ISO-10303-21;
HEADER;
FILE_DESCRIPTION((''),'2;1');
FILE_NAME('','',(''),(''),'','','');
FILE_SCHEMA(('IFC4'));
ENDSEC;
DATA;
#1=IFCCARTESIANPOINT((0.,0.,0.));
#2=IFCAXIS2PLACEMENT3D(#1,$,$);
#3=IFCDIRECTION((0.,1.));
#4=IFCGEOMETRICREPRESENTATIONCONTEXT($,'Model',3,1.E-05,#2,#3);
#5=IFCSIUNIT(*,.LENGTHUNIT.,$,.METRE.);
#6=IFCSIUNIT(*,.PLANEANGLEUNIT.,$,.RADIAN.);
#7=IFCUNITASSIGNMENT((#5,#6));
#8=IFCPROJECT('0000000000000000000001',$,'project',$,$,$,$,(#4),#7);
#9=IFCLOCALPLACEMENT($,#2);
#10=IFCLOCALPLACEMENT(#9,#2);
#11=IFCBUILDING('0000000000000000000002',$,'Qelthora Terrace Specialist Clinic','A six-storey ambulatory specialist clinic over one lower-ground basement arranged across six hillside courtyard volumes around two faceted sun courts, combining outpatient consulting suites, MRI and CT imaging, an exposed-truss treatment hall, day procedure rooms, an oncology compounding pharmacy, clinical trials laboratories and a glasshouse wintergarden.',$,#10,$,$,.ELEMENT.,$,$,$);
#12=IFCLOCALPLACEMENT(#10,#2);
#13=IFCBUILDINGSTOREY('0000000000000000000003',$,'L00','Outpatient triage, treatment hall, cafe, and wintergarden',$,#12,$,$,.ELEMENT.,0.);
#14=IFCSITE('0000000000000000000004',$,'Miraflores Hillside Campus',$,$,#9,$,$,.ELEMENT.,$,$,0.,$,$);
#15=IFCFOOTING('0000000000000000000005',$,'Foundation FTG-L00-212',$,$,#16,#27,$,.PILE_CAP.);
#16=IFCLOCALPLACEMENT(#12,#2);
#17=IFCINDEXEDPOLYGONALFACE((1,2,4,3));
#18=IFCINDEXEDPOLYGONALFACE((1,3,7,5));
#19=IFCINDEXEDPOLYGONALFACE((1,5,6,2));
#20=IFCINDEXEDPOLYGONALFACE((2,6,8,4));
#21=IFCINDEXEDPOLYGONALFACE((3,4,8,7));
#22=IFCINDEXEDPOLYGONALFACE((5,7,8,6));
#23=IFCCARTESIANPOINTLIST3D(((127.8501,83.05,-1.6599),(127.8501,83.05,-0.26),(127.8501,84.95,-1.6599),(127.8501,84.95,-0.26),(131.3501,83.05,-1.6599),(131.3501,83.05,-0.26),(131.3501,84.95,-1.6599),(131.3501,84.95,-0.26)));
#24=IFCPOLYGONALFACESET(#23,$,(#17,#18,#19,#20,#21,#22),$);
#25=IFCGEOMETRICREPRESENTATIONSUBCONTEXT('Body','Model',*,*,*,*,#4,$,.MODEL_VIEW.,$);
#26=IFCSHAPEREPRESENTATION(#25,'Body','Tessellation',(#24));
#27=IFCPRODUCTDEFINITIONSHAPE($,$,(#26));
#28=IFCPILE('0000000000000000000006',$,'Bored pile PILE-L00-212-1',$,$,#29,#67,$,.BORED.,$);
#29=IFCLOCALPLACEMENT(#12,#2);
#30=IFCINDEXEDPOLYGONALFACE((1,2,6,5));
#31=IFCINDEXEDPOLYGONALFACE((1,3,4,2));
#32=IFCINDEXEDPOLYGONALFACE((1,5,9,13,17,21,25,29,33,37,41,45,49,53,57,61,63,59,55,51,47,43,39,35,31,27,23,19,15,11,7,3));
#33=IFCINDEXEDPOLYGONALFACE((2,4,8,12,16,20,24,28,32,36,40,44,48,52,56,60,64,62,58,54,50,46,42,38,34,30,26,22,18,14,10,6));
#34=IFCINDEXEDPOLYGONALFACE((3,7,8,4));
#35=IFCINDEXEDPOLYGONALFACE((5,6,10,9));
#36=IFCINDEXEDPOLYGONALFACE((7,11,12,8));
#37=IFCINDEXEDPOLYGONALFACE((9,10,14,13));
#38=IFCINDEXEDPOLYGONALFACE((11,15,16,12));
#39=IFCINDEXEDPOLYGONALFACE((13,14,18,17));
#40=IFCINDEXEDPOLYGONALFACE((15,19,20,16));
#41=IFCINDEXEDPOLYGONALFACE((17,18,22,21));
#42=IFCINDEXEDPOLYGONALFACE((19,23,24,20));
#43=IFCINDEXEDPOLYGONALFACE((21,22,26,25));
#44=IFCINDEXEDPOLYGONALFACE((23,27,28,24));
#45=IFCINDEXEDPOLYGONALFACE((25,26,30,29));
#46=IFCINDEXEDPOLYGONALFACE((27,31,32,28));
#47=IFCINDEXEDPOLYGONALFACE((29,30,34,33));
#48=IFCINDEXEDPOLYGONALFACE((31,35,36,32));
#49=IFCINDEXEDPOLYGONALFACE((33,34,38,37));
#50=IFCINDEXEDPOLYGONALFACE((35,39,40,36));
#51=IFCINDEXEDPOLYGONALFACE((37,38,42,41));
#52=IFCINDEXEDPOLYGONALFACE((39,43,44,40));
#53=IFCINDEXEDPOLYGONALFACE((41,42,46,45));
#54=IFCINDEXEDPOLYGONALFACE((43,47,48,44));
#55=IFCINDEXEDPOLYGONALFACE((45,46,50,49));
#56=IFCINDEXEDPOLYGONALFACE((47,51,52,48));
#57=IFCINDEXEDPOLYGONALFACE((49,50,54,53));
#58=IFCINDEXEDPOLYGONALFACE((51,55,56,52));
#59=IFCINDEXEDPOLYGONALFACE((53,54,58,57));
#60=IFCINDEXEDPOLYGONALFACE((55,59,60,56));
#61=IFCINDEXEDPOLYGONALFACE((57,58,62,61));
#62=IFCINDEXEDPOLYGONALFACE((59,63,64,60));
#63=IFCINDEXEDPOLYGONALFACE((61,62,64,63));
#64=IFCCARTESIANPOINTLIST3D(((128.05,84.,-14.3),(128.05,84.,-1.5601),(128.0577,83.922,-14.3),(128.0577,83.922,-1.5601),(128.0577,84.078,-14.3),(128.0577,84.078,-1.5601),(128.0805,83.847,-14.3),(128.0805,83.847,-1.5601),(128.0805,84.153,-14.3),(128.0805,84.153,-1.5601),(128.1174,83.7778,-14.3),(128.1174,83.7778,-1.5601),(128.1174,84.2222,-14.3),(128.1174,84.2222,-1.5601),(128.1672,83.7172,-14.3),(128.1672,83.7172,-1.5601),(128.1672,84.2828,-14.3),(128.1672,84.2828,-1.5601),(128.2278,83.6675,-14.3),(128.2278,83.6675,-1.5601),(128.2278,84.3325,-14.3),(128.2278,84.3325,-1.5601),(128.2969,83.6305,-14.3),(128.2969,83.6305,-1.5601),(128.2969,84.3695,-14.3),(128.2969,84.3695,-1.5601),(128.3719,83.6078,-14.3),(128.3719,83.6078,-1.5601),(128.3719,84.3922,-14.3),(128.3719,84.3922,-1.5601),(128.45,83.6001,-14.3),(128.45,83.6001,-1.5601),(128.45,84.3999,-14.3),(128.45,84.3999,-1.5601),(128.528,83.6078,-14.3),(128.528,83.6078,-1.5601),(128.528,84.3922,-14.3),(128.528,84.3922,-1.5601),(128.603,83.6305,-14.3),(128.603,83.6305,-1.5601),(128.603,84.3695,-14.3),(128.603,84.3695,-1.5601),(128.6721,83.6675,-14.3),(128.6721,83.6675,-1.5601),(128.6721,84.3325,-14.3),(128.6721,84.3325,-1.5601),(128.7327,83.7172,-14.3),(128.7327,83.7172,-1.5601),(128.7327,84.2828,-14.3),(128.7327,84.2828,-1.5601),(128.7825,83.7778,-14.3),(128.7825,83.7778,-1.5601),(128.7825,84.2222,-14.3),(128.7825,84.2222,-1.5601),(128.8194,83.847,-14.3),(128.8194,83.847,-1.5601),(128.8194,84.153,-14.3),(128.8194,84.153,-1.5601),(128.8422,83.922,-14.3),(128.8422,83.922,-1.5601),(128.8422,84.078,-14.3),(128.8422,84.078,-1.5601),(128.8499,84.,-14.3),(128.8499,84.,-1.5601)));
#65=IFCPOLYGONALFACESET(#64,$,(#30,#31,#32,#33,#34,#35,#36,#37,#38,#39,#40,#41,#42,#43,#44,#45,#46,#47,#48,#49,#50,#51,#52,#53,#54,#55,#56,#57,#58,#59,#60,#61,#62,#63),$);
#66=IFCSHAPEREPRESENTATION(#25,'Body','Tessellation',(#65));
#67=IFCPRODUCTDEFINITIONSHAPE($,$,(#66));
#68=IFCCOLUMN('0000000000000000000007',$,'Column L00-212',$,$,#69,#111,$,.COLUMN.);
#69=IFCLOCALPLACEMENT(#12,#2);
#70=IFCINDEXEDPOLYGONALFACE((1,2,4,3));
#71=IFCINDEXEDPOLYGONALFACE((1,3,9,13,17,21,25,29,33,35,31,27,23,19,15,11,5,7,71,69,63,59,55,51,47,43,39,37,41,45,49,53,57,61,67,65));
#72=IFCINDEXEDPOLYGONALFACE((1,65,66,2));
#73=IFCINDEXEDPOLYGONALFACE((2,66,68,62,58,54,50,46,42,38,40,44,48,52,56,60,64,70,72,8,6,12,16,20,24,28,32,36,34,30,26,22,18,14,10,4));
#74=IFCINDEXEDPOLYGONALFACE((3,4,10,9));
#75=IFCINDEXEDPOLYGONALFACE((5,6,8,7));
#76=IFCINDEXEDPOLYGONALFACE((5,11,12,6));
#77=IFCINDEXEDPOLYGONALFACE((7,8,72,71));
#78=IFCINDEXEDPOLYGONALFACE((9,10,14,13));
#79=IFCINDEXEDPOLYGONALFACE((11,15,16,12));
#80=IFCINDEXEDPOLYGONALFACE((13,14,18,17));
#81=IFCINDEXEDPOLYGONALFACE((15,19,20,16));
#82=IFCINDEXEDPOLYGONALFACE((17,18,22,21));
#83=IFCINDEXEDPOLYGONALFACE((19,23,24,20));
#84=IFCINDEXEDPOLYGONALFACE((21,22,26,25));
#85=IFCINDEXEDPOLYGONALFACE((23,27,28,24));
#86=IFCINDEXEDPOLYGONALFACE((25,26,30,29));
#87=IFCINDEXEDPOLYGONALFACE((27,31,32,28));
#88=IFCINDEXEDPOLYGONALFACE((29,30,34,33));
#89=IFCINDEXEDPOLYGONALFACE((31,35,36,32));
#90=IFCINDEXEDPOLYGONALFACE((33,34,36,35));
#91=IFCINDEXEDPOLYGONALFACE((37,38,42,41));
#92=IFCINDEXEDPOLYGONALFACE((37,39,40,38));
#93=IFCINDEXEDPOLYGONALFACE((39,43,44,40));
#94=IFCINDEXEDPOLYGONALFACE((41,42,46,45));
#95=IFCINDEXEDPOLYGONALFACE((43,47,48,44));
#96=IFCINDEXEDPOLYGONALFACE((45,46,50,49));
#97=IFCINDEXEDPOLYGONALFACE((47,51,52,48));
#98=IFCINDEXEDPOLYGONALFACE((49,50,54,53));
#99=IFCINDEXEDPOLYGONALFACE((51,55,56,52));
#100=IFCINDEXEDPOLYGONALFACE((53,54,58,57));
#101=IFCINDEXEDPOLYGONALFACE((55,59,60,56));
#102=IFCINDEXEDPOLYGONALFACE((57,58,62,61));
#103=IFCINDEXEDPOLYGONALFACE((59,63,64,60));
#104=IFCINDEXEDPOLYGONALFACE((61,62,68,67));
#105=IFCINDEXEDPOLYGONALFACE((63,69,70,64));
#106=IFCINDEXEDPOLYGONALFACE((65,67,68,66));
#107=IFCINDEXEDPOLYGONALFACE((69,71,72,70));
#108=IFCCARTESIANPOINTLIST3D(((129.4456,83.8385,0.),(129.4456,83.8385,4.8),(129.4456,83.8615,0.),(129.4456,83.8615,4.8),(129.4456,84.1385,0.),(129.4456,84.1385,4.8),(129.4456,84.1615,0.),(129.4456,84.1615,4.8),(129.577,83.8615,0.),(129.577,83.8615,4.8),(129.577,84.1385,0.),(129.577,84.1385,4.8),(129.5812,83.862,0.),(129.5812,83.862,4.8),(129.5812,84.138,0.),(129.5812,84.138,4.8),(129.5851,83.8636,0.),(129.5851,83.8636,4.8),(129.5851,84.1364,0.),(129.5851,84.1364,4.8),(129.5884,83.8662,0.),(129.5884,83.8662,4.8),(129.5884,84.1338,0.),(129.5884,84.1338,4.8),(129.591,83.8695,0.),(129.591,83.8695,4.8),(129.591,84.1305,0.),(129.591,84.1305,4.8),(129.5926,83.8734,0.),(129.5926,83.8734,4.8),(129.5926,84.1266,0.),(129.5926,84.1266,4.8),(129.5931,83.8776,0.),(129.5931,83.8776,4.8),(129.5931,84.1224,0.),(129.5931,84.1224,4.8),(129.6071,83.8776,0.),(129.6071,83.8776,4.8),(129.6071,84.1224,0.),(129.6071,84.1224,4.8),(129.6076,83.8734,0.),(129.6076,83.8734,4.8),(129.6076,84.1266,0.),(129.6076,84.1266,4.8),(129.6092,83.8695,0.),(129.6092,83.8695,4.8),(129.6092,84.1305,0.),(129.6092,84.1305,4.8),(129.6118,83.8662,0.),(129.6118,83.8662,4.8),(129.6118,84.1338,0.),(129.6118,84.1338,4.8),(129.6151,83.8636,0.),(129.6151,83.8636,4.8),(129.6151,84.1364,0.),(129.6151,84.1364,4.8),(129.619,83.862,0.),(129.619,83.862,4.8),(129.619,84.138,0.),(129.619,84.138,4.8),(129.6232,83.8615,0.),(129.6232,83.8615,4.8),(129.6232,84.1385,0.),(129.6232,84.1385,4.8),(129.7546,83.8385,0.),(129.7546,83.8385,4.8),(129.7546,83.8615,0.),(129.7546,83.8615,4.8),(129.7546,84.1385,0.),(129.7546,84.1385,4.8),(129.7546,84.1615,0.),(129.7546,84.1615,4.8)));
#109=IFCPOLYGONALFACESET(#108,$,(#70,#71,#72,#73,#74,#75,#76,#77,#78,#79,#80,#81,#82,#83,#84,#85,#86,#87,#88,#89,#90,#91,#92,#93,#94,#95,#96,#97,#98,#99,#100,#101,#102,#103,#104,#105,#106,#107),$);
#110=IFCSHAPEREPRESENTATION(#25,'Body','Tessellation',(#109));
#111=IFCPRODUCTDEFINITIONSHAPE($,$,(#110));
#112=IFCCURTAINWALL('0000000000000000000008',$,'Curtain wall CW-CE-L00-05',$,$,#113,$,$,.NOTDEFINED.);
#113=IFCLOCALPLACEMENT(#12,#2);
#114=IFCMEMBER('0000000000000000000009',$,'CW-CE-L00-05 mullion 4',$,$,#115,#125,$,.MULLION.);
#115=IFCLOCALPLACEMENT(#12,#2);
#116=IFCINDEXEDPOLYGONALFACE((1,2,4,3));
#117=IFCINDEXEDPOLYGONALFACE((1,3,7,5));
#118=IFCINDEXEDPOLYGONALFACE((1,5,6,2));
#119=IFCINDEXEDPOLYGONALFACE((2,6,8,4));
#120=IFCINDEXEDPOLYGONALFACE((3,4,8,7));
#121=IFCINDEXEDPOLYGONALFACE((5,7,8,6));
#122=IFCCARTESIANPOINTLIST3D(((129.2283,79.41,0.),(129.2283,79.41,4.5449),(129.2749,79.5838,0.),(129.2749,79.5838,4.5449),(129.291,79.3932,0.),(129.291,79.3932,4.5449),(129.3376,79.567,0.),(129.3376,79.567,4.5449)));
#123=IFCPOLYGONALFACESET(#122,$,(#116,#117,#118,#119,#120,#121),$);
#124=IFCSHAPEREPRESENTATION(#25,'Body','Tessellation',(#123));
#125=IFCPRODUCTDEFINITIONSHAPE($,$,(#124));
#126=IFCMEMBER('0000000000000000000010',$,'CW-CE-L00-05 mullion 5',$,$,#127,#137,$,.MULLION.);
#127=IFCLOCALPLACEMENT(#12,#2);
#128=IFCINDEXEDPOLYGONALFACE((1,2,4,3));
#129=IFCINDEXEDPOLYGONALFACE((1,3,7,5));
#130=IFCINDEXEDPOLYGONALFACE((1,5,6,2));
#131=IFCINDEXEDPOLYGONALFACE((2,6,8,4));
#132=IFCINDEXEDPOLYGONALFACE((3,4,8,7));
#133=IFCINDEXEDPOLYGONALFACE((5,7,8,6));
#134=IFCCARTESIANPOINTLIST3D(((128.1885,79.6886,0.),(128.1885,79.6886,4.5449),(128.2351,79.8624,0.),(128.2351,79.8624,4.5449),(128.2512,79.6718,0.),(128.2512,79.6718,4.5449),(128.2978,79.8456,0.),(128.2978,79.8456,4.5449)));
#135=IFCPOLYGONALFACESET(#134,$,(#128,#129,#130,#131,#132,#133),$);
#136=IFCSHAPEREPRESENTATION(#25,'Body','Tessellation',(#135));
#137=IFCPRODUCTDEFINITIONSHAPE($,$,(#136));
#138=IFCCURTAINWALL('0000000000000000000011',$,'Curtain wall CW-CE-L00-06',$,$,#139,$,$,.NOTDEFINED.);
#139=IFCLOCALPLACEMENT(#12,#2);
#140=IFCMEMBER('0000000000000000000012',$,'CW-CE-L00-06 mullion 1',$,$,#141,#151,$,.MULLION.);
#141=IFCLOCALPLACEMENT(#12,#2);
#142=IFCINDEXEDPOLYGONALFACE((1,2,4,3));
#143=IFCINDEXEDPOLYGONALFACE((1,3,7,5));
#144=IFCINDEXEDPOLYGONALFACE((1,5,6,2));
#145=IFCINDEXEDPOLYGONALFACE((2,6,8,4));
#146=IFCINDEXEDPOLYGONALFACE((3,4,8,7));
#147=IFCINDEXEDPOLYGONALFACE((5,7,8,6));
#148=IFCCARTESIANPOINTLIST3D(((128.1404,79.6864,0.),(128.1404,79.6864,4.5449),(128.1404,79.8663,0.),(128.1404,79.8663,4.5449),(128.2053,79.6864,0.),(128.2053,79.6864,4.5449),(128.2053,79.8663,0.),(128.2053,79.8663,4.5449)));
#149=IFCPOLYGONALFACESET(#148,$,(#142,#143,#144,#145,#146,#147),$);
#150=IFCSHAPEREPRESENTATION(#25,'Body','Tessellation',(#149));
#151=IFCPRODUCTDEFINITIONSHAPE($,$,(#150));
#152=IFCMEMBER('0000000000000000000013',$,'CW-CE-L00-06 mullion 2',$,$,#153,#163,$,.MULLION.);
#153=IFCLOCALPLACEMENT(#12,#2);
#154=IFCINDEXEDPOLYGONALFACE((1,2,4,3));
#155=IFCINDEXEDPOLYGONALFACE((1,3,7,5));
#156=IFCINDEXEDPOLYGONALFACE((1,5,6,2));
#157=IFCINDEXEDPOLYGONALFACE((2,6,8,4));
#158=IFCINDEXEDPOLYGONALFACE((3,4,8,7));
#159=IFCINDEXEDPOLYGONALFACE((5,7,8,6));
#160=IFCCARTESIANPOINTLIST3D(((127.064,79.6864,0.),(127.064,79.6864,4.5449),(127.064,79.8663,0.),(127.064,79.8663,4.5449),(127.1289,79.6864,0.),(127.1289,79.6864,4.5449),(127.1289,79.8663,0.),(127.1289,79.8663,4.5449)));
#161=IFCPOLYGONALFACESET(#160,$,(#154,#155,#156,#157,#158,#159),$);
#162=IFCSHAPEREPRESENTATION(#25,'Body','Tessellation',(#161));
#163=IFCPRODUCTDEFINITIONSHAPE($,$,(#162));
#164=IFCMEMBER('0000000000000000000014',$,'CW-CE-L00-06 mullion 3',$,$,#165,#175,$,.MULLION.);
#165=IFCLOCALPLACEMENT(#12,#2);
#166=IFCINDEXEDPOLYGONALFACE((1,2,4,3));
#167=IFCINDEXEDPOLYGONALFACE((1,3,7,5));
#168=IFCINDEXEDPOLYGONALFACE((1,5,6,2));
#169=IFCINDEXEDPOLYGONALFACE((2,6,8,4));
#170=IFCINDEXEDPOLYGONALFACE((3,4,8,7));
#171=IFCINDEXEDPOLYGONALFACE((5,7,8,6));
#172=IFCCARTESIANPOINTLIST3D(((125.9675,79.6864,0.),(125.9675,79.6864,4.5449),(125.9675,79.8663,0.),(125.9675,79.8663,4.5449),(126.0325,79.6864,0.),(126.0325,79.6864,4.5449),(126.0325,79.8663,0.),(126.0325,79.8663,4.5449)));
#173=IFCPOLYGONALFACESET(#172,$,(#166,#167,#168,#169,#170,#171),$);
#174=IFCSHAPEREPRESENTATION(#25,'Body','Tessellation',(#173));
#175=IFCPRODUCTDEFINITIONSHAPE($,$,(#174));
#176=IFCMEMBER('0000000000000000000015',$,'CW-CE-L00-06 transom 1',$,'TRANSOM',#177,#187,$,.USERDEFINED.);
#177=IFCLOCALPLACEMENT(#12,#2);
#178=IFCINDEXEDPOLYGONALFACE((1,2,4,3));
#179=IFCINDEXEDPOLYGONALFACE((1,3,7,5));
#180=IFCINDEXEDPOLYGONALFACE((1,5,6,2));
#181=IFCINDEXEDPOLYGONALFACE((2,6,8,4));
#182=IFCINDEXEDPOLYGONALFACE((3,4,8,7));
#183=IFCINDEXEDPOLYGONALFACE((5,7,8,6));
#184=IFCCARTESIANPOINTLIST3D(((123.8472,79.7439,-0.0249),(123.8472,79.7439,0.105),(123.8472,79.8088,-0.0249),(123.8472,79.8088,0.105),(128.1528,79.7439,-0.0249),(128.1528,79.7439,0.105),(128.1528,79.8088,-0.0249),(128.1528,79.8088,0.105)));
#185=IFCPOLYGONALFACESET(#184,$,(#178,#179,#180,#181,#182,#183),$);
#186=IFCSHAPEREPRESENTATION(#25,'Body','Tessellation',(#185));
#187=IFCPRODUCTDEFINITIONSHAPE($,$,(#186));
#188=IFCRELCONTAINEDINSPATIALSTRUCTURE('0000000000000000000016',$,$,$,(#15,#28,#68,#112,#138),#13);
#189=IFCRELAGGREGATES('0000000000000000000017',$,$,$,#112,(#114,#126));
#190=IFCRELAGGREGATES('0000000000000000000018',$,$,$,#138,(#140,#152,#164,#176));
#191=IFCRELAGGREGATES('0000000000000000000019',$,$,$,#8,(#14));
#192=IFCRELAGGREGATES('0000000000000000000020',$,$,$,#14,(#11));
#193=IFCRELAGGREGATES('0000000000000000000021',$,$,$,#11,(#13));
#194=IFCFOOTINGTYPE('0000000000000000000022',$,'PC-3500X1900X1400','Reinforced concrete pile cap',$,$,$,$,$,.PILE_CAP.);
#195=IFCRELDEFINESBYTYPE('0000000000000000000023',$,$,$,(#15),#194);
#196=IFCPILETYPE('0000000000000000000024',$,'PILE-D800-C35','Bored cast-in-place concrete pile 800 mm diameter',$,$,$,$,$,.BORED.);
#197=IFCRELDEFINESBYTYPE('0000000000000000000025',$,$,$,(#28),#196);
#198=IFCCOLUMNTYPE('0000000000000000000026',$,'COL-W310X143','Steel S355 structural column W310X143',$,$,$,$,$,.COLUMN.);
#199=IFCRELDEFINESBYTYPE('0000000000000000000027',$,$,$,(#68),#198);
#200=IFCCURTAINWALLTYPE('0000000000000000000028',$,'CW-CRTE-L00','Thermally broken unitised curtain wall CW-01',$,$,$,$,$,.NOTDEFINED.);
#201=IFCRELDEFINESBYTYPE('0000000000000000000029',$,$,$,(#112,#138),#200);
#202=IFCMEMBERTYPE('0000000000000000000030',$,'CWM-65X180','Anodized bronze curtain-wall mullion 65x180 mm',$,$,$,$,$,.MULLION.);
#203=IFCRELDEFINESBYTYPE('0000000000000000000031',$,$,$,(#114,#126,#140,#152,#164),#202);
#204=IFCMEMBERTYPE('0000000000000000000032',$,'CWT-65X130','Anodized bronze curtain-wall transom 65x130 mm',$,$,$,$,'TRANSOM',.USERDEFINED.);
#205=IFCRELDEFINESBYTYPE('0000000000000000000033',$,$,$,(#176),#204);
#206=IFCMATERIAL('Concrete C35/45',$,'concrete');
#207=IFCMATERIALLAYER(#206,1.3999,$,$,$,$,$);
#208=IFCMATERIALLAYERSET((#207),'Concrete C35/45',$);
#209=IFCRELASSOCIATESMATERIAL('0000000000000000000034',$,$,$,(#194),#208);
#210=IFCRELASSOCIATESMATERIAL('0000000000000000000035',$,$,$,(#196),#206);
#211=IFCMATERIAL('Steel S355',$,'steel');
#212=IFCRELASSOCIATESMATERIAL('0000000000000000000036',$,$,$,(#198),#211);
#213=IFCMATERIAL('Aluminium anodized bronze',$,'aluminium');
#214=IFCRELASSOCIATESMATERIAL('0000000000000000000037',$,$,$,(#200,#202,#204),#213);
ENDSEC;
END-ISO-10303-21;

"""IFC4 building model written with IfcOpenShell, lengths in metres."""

from ifc_helpers import new_model, si_unit, direction, frame, origin, origin_2d, place, context, subcontext, project, spatial, rectangle, circle, i_section, extrude, material, layer, layer_set, material_profile, profile_set, type_object, element, aggregate, save


model = new_model("IFC4")

# Units and contexts
model_context = context("Model", 3, precision=1e-05, world=origin(), true_north=direction((0.0, 1.0)))
body_context = subcontext(model_context, "Body", "Model", "MODEL_VIEW")
ifc_project = project(units=[si_unit("LENGTHUNIT", "METRE"), si_unit("PLANEANGLEUNIT", "RADIAN")], contexts=[model_context])

# Site, building, storey
site_placement = place(None, origin())
site = spatial("IfcSite", under=ifc_project, at=site_placement, Name="Miraflores Hillside Campus", CompositionType="ELEMENT", RefElevation=0.0)
building_placement = place(site_placement, origin())
building = spatial("IfcBuilding", under=site, at=building_placement, Name="Qelthora Terrace Specialist Clinic", Description="A six-storey ambulatory specialist clinic over one lower-ground basement arranged across six hillside courtyard volumes around two faceted sun courts, combining outpatient consulting suites, MRI and CT imaging, an exposed-truss treatment hall, day procedure rooms, an oncology compounding pharmacy, clinical trials laboratories and a glasshouse wintergarden.", CompositionType="ELEMENT")
storey_placement = place(building_placement, origin())
storey = spatial("IfcBuildingStorey", under=building, at=storey_placement, Name="L00", Description="Outpatient triage, treatment hall, cafe, and wintergarden", CompositionType="ELEMENT", Elevation=0.0)

# Footing
ifc_material_1 = material(Name="Concrete C35/45", Category="concrete")
ifc_layer_1 = layer(ifc_material_1, 1.3999)
ifc_layer_set_1 = layer_set([ifc_layer_1], Name="Concrete C35/45")
footing_type = type_object("IfcFootingType", Name="PC-3500X1900X1400", Description="Reinforced concrete pile cap", PredefinedType="PILE_CAP", material=ifc_layer_set_1)
footing_placement = place(storey_placement, frame((129.6001, 84.0, -1.6599), z_axis=(0.0, 0.0, 1.0), x_axis=(1.0, 0.0, 0.0)))
element("IfcFooting", 1, at=footing_placement, inside=storey, type_object=footing_type, Name="Foundation FTG-L00-212", PredefinedType="PILE_CAP", context=body_context, shape_type="SweptSolid", body=[
    extrude(rectangle(XDim=3.5, YDim=1.8999, at=origin_2d()), origin(), (0.0, 0.0, 1.0), 1.3999),
])

# Pile
ifc_material_profile_1 = material_profile(ifc_material_1, circle(Radius=0.3999, at=origin_2d()), Name="PILE800")
ifc_profile_set_1 = profile_set([ifc_material_profile_1], Name="Concrete C35/45")
pile_type = type_object("IfcPileType", Name="PILE-D800-C35", Description="Bored cast-in-place concrete pile 800 mm diameter", PredefinedType="BORED", material=ifc_profile_set_1)
pile_placement = place(storey_placement, frame((128.45, 84.0, -1.5601), z_axis=(0.0, 0.0, -1.0), x_axis=(1.0, 0.0, 0.0)))
element("IfcPile", 2, at=pile_placement, inside=storey, type_object=pile_type, Name="Bored pile PILE-L00-212-1", PredefinedType="BORED", context=body_context, shape_type="SweptSolid", body=[
    extrude(circle(Radius=0.3999, at=origin_2d()), origin(), (0.0, 0.0, 1.0), 12.74),
])

# Column
ifc_material_2 = material(Name="Steel S355", Category="steel")
ifc_material_profile_2 = material_profile(ifc_material_2, i_section(OverallWidth=0.3091, OverallDepth=0.323, WebThickness=0.0139, FlangeThickness=0.0229, FilletRadius=0.0161, at=origin_2d()), Name="W310X143")
ifc_profile_set_2 = profile_set([ifc_material_profile_2], Name="Steel S355")
column_type = type_object("IfcColumnType", Name="COL-W310X143", Description="Steel S355 structural column W310X143", PredefinedType="COLUMN", material=ifc_profile_set_2)
column_placement = place(storey_placement, frame((129.6001, 84.0, 0.0), z_axis=(0.0, 0.0, 1.0), x_axis=(1.0, 0.0, 0.0)))
element("IfcColumn", 3, at=column_placement, inside=storey, type_object=column_type, Name="Column L00-212", PredefinedType="COLUMN", context=body_context, shape_type="SweptSolid", body=[
    extrude(i_section(OverallWidth=0.3091, OverallDepth=0.323, WebThickness=0.0139, FlangeThickness=0.0229, FilletRadius=0.0161, at=origin_2d()), origin(), (0.0, 0.0, 1.0), 4.8),
])

# Curtain walls, members
ifc_material_3 = material(Name="Aluminium anodized bronze", Category="aluminium")
curtain_wall_type = type_object("IfcCurtainWallType", Name="CW-CRTE-L00", Description="Thermally broken unitised curtain wall CW-01", PredefinedType="NOTDEFINED", material=ifc_material_3)
curtain_wall_1_placement = place(storey_placement, origin())
curtain_wall_1 = element("IfcCurtainWall", 4, at=curtain_wall_1_placement, inside=storey, type_object=curtain_wall_type, Name="Curtain wall CW-CE-L00-05", PredefinedType="NOTDEFINED")
ifc_material_profile_3 = material_profile(ifc_material_3, rectangle(XDim=0.0649, YDim=0.1799, at=origin_2d()), Name="CWM65X180")
ifc_profile_set_3 = profile_set([ifc_material_profile_3], Name="Aluminium anodized bronze")
member_type_1 = type_object("IfcMemberType", Name="CWM-65X180", Description="Anodized bronze curtain-wall mullion 65x180 mm", PredefinedType="MULLION", material=ifc_profile_set_3)
member_1_placement = place(storey_placement, frame((129.283, 79.4885, 0.0), z_axis=(0.0, 0.0, 1.0), x_axis=(-0.965926, 0.25882, 0.0)))
member_1 = element("IfcMember", 5, at=member_1_placement, type_object=member_type_1, Name="CW-CE-L00-05 mullion 4", PredefinedType="MULLION", context=body_context, shape_type="SweptSolid", body=[
    extrude(rectangle(XDim=0.0649, YDim=0.1799, at=origin_2d()), origin(), (0.0, 0.0, 1.0), 4.5449),
])
member_2_placement = place(storey_placement, frame((128.2432, 79.7671, 0.0), z_axis=(0.0, 0.0, 1.0), x_axis=(-0.965926, 0.25882, 0.0)))
member_2 = element("IfcMember", 6, at=member_2_placement, type_object=member_type_1, Name="CW-CE-L00-05 mullion 5", PredefinedType="MULLION", context=body_context, shape_type="SweptSolid", body=[
    extrude(rectangle(XDim=0.0649, YDim=0.1799, at=origin_2d()), origin(), (0.0, 0.0, 1.0), 4.5449),
])
curtain_wall_2_placement = place(storey_placement, origin())
curtain_wall_2 = element("IfcCurtainWall", 7, at=curtain_wall_2_placement, inside=storey, type_object=curtain_wall_type, Name="Curtain wall CW-CE-L00-06", PredefinedType="NOTDEFINED")
member_3_placement = place(storey_placement, frame((128.1729, 79.7764, 0.0), z_axis=(0.0, 0.0, 1.0), x_axis=(-1.0, 0.0, 0.0)))
member_3 = element("IfcMember", 8, at=member_3_placement, type_object=member_type_1, Name="CW-CE-L00-06 mullion 1", PredefinedType="MULLION", context=body_context, shape_type="SweptSolid", body=[
    extrude(rectangle(XDim=0.0649, YDim=0.1799, at=origin_2d()), origin(), (0.0, 0.0, 1.0), 4.5449),
])
member_4_placement = place(storey_placement, frame((127.0964, 79.7764, 0.0), z_axis=(0.0, 0.0, 1.0), x_axis=(-1.0, 0.0, 0.0)))
member_4 = element("IfcMember", 9, at=member_4_placement, type_object=member_type_1, Name="CW-CE-L00-06 mullion 2", PredefinedType="MULLION", context=body_context, shape_type="SweptSolid", body=[
    extrude(rectangle(XDim=0.0649, YDim=0.1799, at=origin_2d()), origin(), (0.0, 0.0, 1.0), 4.5449),
])
member_5_placement = place(storey_placement, frame((126.0, 79.7764, 0.0), z_axis=(0.0, 0.0, 1.0), x_axis=(-1.0, 0.0, 0.0)))
member_5 = element("IfcMember", 10, at=member_5_placement, type_object=member_type_1, Name="CW-CE-L00-06 mullion 3", PredefinedType="MULLION", context=body_context, shape_type="SweptSolid", body=[
    extrude(rectangle(XDim=0.0649, YDim=0.1799, at=origin_2d()), origin(), (0.0, 0.0, 1.0), 4.5449),
])
ifc_material_profile_4 = material_profile(ifc_material_3, rectangle(XDim=0.0649, YDim=0.1299, at=origin_2d()), Name="CWT65X130")
ifc_profile_set_4 = profile_set([ifc_material_profile_4], Name="Aluminium anodized bronze")
member_type_2 = type_object("IfcMemberType", Name="CWT-65X130", Description="Anodized bronze curtain-wall transom 65x130 mm", ElementType="TRANSOM", PredefinedType="USERDEFINED", material=ifc_profile_set_4)
member_6_placement = place(storey_placement, frame((128.1528, 79.7764, 0.04), z_axis=(-1.0, 0.0, 0.0), x_axis=(0.0, -1.0, 0.0)))
member_6 = element("IfcMember", 11, at=member_6_placement, type_object=member_type_2, Name="CW-CE-L00-06 transom 1", ObjectType="TRANSOM", PredefinedType="USERDEFINED", context=body_context, shape_type="SweptSolid", body=[
    extrude(rectangle(XDim=0.0649, YDim=0.1299, at=origin_2d()), origin(), (0.0, 0.0, 1.0), 4.3057),
])

aggregate(curtain_wall_1, [member_1, member_2])
aggregate(curtain_wall_2, [member_3, member_4, member_5, member_6])

save(model, "model.ifc")
